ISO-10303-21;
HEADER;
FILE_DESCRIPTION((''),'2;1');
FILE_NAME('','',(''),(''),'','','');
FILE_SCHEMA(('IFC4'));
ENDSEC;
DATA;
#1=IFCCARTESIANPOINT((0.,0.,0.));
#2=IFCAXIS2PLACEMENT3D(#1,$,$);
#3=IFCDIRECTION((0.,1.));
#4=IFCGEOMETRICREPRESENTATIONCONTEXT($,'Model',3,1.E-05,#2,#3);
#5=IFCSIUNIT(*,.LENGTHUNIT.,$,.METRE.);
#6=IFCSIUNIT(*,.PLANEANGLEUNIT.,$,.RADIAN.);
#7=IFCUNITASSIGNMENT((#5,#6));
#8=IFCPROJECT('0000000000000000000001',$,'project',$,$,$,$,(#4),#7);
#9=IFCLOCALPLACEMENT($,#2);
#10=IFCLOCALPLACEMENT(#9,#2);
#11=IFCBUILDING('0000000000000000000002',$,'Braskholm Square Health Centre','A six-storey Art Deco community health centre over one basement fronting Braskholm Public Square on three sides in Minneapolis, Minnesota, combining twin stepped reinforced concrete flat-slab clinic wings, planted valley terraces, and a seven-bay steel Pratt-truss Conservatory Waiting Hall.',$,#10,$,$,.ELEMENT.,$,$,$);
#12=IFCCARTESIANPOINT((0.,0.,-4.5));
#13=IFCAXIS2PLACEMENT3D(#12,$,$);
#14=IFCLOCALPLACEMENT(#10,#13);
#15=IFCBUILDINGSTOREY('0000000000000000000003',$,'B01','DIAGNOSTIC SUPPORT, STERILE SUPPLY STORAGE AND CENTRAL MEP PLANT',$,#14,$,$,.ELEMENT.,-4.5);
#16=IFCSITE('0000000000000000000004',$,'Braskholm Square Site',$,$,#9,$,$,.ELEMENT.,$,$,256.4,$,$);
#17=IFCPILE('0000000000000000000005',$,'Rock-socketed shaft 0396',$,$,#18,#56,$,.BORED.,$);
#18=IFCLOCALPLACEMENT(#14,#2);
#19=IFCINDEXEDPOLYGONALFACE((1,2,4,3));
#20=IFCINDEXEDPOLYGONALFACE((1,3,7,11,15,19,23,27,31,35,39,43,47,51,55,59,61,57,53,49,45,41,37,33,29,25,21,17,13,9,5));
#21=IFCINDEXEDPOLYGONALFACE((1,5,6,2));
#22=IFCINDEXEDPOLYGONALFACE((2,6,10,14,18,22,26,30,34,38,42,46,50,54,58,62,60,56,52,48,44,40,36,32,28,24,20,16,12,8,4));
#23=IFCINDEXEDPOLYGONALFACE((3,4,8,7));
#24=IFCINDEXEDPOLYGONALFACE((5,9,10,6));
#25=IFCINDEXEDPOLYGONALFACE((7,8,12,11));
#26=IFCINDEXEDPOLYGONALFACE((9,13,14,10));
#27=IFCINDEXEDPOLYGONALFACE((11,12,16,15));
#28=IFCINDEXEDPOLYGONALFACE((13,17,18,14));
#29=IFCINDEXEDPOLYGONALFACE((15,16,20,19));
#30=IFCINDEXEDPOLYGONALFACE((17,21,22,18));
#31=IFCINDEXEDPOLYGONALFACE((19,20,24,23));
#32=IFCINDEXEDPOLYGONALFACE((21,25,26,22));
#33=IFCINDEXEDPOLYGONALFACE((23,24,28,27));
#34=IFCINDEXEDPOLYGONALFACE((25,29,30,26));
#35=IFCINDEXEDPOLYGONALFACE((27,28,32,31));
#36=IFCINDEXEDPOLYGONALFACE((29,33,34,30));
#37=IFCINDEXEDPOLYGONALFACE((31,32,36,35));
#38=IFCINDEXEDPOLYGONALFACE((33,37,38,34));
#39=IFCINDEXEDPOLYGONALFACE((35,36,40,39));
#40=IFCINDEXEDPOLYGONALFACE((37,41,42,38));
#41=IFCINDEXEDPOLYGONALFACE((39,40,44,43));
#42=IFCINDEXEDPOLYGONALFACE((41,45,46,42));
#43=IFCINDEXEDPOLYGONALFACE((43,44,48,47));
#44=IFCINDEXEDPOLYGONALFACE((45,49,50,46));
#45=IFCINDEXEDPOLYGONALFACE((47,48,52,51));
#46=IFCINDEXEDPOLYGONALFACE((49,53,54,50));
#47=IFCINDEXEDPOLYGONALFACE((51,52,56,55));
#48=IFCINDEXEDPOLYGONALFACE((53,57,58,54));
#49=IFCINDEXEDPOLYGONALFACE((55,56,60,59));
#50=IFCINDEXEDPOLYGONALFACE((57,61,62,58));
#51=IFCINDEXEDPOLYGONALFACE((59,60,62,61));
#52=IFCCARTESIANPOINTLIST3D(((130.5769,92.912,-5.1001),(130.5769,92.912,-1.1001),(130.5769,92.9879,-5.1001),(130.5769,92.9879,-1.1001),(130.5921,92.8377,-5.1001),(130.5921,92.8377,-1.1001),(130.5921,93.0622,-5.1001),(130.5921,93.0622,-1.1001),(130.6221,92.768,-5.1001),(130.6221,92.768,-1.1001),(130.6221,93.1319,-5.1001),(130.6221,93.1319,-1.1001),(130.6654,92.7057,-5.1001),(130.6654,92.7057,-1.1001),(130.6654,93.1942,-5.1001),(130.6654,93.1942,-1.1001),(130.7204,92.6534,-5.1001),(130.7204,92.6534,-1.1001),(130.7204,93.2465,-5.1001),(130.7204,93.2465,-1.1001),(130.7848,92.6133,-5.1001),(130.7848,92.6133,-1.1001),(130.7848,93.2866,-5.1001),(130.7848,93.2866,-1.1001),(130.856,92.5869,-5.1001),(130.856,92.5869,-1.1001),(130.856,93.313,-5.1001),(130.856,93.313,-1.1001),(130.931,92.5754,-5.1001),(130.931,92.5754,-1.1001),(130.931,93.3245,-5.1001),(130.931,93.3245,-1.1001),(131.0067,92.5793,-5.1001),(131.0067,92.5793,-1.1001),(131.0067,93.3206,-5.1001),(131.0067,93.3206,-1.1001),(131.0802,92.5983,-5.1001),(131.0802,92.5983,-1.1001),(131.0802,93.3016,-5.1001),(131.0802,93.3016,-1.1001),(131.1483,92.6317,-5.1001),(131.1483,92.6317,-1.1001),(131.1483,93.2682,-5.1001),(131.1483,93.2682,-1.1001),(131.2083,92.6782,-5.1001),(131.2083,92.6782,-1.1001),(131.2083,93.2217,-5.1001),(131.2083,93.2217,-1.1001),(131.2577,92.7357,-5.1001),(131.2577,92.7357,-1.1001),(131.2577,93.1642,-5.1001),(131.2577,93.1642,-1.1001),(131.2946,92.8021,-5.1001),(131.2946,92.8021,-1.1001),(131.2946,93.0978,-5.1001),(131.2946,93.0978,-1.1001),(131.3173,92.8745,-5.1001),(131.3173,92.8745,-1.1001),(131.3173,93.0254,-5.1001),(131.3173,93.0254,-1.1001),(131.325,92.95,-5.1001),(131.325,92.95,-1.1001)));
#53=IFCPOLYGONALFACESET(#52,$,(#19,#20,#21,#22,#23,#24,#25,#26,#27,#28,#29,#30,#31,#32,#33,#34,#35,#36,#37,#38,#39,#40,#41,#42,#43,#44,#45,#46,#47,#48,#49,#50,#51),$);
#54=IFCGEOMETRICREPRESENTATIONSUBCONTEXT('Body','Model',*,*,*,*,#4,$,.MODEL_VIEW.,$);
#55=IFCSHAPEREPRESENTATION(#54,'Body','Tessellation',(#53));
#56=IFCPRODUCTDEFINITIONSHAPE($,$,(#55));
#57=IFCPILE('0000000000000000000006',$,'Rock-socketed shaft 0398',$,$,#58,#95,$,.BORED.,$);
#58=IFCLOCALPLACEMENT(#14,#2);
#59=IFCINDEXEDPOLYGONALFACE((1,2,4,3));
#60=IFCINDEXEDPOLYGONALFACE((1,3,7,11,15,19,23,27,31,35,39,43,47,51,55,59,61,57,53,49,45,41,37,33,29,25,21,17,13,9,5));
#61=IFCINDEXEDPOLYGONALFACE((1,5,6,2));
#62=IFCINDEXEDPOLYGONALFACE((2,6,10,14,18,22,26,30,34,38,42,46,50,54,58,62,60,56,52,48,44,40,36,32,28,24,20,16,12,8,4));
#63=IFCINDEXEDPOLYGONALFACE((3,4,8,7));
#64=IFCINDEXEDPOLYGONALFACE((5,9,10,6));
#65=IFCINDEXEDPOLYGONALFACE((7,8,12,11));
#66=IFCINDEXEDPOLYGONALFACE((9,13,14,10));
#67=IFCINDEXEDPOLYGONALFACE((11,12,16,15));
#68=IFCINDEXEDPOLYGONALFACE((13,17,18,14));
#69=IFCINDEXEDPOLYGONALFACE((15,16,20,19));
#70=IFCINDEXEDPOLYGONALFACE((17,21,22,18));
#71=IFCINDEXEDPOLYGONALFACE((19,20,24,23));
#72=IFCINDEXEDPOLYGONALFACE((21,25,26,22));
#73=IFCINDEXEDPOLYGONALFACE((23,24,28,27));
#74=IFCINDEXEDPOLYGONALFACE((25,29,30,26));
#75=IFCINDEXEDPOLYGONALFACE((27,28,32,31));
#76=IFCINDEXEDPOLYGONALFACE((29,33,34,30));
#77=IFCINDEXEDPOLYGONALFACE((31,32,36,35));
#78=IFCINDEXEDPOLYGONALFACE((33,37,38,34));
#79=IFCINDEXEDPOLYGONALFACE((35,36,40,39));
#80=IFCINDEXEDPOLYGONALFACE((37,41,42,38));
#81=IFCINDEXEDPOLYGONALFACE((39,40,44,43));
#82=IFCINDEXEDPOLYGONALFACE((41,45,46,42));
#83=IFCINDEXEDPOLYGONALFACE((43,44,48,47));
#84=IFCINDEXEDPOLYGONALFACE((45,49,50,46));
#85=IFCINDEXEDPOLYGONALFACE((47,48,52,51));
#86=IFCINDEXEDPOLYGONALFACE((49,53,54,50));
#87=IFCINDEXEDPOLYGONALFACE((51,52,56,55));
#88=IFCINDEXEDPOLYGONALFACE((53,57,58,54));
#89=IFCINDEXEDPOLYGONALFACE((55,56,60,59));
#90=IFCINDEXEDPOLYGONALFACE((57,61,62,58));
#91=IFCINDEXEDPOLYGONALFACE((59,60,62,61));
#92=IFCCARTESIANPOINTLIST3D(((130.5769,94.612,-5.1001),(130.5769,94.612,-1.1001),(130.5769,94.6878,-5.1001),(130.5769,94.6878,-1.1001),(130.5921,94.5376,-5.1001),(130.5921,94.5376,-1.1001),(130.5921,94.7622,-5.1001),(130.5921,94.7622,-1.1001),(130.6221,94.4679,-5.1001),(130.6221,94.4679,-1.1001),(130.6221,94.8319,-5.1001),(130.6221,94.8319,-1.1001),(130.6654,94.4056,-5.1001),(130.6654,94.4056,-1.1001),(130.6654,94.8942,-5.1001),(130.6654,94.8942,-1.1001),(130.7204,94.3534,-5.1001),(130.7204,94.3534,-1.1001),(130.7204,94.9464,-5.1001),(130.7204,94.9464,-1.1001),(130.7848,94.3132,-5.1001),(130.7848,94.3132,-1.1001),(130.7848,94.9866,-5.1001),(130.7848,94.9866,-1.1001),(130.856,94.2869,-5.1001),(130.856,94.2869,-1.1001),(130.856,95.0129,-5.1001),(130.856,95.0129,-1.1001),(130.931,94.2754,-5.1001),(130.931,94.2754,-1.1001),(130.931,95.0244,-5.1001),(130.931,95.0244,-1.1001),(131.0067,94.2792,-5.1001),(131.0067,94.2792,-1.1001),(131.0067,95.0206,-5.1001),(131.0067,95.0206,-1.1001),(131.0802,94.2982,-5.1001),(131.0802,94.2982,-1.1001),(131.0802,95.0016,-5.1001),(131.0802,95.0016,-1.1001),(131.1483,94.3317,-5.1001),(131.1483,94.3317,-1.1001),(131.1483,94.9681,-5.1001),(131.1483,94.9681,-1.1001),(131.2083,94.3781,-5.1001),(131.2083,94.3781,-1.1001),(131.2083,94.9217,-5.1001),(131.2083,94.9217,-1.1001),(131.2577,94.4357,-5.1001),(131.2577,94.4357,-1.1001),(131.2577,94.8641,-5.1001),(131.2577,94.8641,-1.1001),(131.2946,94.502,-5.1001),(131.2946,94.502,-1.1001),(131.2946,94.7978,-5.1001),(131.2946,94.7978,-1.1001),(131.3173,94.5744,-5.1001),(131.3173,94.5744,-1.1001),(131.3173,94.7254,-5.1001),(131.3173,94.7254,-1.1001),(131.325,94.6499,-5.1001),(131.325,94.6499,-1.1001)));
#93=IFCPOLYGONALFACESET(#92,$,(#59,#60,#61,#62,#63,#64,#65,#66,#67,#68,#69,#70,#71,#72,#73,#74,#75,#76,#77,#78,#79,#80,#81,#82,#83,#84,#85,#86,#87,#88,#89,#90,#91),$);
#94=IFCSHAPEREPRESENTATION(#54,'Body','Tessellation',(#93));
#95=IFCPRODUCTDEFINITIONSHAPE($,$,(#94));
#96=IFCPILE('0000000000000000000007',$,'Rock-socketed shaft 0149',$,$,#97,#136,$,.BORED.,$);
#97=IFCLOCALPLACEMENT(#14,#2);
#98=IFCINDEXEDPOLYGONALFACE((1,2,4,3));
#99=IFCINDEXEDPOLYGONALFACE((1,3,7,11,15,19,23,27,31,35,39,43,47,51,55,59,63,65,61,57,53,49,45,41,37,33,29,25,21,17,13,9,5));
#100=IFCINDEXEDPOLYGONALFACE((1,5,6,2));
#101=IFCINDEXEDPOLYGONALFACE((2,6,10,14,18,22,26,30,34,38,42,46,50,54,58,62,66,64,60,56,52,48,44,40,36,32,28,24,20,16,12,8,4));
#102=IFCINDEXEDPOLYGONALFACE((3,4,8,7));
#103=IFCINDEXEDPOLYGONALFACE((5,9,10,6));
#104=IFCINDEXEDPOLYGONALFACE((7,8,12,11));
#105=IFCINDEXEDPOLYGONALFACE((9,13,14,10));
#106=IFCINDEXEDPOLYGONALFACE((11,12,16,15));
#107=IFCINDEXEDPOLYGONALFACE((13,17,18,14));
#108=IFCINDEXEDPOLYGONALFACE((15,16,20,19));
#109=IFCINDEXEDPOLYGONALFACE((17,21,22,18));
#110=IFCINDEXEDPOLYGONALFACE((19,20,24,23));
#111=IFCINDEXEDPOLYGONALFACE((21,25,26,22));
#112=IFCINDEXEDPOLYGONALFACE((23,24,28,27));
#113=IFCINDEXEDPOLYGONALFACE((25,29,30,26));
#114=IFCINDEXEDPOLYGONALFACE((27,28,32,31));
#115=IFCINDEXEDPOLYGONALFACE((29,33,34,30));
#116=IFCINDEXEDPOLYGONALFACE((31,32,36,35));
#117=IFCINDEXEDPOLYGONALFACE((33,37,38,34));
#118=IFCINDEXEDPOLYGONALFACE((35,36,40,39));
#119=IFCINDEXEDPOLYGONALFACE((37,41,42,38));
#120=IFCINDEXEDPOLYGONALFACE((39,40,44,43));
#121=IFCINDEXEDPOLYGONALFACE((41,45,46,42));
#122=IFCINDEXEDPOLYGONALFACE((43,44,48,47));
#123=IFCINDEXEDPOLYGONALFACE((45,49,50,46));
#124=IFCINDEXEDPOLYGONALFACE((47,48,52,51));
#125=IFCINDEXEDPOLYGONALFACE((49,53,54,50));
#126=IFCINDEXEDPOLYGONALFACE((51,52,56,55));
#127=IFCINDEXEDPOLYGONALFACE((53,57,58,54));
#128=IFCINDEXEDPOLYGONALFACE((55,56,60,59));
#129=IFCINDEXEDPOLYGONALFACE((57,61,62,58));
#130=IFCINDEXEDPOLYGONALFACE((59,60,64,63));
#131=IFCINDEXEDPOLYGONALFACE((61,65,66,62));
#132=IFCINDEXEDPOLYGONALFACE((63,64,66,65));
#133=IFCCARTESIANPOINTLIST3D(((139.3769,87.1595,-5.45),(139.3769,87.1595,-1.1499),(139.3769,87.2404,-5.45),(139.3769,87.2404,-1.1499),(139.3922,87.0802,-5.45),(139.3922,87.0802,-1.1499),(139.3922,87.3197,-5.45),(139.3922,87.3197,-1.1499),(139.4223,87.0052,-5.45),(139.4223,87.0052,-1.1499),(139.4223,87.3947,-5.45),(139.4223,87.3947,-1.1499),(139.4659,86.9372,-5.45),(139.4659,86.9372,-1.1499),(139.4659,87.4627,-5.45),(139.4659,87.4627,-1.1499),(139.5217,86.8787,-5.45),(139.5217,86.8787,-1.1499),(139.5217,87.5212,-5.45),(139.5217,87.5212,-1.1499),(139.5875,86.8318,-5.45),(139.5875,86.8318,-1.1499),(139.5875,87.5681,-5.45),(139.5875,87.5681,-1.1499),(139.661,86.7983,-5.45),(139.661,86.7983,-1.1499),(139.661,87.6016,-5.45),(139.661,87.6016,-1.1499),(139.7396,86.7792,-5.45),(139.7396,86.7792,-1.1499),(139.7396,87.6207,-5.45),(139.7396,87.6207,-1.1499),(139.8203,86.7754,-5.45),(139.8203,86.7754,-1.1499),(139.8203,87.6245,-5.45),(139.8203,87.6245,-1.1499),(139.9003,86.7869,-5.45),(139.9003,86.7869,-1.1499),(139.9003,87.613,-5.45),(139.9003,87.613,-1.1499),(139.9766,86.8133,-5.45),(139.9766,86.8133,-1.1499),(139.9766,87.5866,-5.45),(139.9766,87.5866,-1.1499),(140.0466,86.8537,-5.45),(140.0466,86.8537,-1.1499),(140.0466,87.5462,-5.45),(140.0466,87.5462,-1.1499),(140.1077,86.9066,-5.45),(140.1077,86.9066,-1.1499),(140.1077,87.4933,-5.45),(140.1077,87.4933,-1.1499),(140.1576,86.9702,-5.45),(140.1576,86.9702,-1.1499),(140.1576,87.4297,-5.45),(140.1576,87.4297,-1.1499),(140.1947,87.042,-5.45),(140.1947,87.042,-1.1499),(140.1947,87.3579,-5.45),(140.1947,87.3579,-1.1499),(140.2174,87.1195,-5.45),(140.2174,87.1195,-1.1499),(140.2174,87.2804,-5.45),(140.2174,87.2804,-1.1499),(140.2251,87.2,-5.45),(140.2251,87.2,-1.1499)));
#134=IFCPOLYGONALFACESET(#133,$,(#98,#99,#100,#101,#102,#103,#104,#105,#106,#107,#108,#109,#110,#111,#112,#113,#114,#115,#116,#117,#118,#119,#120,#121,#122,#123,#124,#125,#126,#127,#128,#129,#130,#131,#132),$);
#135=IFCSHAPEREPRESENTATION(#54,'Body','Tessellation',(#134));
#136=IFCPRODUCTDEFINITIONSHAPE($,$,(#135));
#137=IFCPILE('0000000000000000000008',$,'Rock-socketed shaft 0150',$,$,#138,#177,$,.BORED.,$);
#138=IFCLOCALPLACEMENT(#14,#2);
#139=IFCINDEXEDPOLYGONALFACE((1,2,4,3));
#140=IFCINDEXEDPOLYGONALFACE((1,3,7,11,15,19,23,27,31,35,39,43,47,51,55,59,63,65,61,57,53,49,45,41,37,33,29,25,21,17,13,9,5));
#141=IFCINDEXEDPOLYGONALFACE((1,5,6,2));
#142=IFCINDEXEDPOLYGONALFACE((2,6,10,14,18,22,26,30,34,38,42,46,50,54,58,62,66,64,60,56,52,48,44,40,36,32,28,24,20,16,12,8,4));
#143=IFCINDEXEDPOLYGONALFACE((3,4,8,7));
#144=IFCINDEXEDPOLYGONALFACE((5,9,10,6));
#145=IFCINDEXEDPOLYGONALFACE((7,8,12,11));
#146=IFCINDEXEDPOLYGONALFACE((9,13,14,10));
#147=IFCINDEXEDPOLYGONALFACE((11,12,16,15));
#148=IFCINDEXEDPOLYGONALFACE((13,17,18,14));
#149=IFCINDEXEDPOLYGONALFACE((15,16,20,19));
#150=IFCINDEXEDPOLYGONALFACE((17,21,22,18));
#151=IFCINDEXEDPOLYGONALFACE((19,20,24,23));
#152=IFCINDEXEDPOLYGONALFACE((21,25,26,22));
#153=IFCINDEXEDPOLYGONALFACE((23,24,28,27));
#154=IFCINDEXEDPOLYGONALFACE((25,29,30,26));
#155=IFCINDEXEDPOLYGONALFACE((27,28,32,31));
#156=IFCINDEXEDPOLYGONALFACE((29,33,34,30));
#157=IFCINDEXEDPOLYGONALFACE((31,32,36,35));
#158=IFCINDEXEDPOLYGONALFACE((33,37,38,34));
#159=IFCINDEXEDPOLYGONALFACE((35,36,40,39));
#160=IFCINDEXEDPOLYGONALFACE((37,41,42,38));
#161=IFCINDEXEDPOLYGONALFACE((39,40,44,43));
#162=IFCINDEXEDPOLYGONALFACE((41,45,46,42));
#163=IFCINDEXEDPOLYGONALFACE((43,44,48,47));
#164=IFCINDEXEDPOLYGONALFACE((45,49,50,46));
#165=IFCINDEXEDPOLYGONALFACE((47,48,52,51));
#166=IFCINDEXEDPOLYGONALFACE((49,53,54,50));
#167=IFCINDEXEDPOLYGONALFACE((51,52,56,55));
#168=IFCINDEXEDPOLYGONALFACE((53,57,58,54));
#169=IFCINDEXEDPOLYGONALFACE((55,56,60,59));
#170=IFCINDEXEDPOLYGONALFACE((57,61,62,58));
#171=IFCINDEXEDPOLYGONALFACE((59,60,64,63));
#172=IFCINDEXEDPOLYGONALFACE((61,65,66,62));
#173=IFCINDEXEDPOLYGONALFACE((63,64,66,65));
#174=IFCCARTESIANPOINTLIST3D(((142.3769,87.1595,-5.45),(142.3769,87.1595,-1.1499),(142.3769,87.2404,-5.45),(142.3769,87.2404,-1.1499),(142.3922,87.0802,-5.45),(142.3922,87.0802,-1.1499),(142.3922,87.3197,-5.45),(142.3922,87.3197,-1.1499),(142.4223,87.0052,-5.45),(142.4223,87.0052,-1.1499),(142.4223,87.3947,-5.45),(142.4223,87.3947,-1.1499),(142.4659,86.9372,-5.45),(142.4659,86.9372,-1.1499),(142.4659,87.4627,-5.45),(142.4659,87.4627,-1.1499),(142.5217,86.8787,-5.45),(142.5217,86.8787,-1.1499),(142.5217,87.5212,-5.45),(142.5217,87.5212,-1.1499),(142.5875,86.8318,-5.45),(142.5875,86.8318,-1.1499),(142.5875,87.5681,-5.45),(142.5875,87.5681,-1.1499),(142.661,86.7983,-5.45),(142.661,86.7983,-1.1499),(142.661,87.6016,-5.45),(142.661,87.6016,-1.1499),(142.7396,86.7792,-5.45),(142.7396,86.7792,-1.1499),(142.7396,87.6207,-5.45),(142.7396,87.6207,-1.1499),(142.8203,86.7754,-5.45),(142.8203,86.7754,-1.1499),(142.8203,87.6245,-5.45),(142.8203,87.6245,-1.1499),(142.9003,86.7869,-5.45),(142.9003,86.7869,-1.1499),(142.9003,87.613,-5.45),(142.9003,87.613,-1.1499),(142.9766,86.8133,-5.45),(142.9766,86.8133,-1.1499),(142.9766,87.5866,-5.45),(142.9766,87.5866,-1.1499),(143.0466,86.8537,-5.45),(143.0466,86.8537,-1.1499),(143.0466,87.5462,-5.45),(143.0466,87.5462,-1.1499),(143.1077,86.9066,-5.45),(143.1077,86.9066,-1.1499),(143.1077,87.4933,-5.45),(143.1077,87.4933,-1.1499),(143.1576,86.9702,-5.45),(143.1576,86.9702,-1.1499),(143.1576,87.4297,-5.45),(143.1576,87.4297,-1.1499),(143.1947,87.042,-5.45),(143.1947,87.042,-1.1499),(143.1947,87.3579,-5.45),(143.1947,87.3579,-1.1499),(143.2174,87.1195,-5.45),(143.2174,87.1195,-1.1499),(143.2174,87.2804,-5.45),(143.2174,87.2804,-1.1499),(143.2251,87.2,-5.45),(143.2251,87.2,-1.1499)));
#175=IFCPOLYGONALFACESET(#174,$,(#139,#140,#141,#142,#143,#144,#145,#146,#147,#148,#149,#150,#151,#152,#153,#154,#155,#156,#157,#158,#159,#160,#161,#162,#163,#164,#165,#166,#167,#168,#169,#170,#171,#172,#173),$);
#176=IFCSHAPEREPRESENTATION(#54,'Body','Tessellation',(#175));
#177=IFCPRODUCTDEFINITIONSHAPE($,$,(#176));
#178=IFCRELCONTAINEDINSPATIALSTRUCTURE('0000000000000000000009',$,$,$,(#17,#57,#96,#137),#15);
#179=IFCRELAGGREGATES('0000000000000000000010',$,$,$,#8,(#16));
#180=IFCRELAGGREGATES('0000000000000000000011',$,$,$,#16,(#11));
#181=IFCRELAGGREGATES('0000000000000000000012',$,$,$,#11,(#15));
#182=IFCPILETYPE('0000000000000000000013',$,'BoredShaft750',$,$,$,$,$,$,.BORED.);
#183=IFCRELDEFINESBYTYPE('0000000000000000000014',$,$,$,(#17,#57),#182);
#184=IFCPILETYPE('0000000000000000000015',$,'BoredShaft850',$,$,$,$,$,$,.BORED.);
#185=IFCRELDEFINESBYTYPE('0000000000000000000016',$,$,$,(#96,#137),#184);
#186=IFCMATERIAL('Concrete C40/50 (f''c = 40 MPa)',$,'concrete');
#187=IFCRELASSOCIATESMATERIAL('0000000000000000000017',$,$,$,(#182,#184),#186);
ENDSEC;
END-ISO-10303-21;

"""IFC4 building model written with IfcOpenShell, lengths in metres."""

from ifc_helpers import new_model, si_unit, direction, frame, origin, origin_2d, place, context, subcontext, project, spatial, circle, extrude, material, material_profile, profile_set, type_object, element, save


model = new_model("IFC4")

# Units and contexts
model_context = context("Model", 3, precision=1e-05, world=origin(), true_north=direction((0.0, 1.0)))
body_context = subcontext(model_context, "Body", "Model", "MODEL_VIEW")
ifc_project = project(units=[si_unit("LENGTHUNIT", "METRE"), si_unit("PLANEANGLEUNIT", "RADIAN")], contexts=[model_context])

# Site, building, storey
site_placement = place(None, origin())
site = spatial("IfcSite", under=ifc_project, at=site_placement, Name="Braskholm Square Site", CompositionType="ELEMENT", RefElevation=256.4)
building_placement = place(site_placement, origin())
building = spatial("IfcBuilding", under=site, at=building_placement, Name="Braskholm Square Health Centre", Description="A six-storey Art Deco community health centre over one basement fronting Braskholm Public Square on three sides in Minneapolis, Minnesota, combining twin stepped reinforced concrete flat-slab clinic wings, planted valley terraces, and a seven-bay steel Pratt-truss Conservatory Waiting Hall.", CompositionType="ELEMENT")
storey_placement = place(building_placement, frame((0.0, 0.0, -4.5)))
storey = spatial("IfcBuildingStorey", under=building, at=storey_placement, Name="B01", Description="DIAGNOSTIC SUPPORT, STERILE SUPPLY STORAGE AND CENTRAL MEP PLANT", CompositionType="ELEMENT", Elevation=-4.5)

# Piles
ifc_material_1 = material(Name="Concrete C40/50 (f'c = 40 MPa)", Category="concrete")
ifc_material_profile_1 = material_profile(ifc_material_1, circle(Radius=0.375, at=origin_2d()), Name="BORED-PILE-750")
ifc_profile_set_1 = profile_set([ifc_material_profile_1], Name="Concrete C40/50 (f'c = 40 MPa)")
pile_type_1 = type_object("IfcPileType", Name="BoredShaft750", PredefinedType="BORED", material=ifc_profile_set_1)
for number, where, z_axis, x_axis, name in (
    (1, (130.95, 92.95, -1.1001), (0.0, 0.0, -1.0), (1.0, 0.0, 0.0), "Rock-socketed shaft 0396"),
    (2, (130.95, 94.6499, -1.1001), (0.0, 0.0, -1.0), (1.0, 0.0, 0.0), "Rock-socketed shaft 0398"),
):
    element("IfcPile", number, at=place(storey_placement, frame(where, z_axis=z_axis, x_axis=x_axis)), inside=storey, type_object=pile_type_1, Name=name, PredefinedType="BORED", context=body_context, shape_type="SweptSolid", body=[
        extrude(circle(Radius=0.375, at=origin_2d()), origin(), (0.0, 0.0, 1.0), 4.0),
    ])
ifc_material_profile_2 = material_profile(ifc_material_1, circle(Radius=0.425, at=origin_2d()), Name="BORED-PILE-850")
ifc_profile_set_2 = profile_set([ifc_material_profile_2], Name="Concrete C40/50 (f'c = 40 MPa)")
pile_type_2 = type_object("IfcPileType", Name="BoredShaft850", PredefinedType="BORED", material=ifc_profile_set_2)
for number, where, z_axis, x_axis, name in (
    (3, (139.8, 87.2, -1.1499), (0.0, 0.0, -1.0), (1.0, 0.0, 0.0), "Rock-socketed shaft 0149"),
    (4, (142.8, 87.2, -1.1499), (0.0, 0.0, -1.0), (1.0, 0.0, 0.0), "Rock-socketed shaft 0150"),
):
    element("IfcPile", number, at=place(storey_placement, frame(where, z_axis=z_axis, x_axis=x_axis)), inside=storey, type_object=pile_type_2, Name=name, PredefinedType="BORED", context=body_context, shape_type="SweptSolid", body=[
        extrude(circle(Radius=0.425, at=origin_2d()), origin(), (0.0, 0.0, 1.0), 4.3),
    ])

save(model, "model.ifc")
